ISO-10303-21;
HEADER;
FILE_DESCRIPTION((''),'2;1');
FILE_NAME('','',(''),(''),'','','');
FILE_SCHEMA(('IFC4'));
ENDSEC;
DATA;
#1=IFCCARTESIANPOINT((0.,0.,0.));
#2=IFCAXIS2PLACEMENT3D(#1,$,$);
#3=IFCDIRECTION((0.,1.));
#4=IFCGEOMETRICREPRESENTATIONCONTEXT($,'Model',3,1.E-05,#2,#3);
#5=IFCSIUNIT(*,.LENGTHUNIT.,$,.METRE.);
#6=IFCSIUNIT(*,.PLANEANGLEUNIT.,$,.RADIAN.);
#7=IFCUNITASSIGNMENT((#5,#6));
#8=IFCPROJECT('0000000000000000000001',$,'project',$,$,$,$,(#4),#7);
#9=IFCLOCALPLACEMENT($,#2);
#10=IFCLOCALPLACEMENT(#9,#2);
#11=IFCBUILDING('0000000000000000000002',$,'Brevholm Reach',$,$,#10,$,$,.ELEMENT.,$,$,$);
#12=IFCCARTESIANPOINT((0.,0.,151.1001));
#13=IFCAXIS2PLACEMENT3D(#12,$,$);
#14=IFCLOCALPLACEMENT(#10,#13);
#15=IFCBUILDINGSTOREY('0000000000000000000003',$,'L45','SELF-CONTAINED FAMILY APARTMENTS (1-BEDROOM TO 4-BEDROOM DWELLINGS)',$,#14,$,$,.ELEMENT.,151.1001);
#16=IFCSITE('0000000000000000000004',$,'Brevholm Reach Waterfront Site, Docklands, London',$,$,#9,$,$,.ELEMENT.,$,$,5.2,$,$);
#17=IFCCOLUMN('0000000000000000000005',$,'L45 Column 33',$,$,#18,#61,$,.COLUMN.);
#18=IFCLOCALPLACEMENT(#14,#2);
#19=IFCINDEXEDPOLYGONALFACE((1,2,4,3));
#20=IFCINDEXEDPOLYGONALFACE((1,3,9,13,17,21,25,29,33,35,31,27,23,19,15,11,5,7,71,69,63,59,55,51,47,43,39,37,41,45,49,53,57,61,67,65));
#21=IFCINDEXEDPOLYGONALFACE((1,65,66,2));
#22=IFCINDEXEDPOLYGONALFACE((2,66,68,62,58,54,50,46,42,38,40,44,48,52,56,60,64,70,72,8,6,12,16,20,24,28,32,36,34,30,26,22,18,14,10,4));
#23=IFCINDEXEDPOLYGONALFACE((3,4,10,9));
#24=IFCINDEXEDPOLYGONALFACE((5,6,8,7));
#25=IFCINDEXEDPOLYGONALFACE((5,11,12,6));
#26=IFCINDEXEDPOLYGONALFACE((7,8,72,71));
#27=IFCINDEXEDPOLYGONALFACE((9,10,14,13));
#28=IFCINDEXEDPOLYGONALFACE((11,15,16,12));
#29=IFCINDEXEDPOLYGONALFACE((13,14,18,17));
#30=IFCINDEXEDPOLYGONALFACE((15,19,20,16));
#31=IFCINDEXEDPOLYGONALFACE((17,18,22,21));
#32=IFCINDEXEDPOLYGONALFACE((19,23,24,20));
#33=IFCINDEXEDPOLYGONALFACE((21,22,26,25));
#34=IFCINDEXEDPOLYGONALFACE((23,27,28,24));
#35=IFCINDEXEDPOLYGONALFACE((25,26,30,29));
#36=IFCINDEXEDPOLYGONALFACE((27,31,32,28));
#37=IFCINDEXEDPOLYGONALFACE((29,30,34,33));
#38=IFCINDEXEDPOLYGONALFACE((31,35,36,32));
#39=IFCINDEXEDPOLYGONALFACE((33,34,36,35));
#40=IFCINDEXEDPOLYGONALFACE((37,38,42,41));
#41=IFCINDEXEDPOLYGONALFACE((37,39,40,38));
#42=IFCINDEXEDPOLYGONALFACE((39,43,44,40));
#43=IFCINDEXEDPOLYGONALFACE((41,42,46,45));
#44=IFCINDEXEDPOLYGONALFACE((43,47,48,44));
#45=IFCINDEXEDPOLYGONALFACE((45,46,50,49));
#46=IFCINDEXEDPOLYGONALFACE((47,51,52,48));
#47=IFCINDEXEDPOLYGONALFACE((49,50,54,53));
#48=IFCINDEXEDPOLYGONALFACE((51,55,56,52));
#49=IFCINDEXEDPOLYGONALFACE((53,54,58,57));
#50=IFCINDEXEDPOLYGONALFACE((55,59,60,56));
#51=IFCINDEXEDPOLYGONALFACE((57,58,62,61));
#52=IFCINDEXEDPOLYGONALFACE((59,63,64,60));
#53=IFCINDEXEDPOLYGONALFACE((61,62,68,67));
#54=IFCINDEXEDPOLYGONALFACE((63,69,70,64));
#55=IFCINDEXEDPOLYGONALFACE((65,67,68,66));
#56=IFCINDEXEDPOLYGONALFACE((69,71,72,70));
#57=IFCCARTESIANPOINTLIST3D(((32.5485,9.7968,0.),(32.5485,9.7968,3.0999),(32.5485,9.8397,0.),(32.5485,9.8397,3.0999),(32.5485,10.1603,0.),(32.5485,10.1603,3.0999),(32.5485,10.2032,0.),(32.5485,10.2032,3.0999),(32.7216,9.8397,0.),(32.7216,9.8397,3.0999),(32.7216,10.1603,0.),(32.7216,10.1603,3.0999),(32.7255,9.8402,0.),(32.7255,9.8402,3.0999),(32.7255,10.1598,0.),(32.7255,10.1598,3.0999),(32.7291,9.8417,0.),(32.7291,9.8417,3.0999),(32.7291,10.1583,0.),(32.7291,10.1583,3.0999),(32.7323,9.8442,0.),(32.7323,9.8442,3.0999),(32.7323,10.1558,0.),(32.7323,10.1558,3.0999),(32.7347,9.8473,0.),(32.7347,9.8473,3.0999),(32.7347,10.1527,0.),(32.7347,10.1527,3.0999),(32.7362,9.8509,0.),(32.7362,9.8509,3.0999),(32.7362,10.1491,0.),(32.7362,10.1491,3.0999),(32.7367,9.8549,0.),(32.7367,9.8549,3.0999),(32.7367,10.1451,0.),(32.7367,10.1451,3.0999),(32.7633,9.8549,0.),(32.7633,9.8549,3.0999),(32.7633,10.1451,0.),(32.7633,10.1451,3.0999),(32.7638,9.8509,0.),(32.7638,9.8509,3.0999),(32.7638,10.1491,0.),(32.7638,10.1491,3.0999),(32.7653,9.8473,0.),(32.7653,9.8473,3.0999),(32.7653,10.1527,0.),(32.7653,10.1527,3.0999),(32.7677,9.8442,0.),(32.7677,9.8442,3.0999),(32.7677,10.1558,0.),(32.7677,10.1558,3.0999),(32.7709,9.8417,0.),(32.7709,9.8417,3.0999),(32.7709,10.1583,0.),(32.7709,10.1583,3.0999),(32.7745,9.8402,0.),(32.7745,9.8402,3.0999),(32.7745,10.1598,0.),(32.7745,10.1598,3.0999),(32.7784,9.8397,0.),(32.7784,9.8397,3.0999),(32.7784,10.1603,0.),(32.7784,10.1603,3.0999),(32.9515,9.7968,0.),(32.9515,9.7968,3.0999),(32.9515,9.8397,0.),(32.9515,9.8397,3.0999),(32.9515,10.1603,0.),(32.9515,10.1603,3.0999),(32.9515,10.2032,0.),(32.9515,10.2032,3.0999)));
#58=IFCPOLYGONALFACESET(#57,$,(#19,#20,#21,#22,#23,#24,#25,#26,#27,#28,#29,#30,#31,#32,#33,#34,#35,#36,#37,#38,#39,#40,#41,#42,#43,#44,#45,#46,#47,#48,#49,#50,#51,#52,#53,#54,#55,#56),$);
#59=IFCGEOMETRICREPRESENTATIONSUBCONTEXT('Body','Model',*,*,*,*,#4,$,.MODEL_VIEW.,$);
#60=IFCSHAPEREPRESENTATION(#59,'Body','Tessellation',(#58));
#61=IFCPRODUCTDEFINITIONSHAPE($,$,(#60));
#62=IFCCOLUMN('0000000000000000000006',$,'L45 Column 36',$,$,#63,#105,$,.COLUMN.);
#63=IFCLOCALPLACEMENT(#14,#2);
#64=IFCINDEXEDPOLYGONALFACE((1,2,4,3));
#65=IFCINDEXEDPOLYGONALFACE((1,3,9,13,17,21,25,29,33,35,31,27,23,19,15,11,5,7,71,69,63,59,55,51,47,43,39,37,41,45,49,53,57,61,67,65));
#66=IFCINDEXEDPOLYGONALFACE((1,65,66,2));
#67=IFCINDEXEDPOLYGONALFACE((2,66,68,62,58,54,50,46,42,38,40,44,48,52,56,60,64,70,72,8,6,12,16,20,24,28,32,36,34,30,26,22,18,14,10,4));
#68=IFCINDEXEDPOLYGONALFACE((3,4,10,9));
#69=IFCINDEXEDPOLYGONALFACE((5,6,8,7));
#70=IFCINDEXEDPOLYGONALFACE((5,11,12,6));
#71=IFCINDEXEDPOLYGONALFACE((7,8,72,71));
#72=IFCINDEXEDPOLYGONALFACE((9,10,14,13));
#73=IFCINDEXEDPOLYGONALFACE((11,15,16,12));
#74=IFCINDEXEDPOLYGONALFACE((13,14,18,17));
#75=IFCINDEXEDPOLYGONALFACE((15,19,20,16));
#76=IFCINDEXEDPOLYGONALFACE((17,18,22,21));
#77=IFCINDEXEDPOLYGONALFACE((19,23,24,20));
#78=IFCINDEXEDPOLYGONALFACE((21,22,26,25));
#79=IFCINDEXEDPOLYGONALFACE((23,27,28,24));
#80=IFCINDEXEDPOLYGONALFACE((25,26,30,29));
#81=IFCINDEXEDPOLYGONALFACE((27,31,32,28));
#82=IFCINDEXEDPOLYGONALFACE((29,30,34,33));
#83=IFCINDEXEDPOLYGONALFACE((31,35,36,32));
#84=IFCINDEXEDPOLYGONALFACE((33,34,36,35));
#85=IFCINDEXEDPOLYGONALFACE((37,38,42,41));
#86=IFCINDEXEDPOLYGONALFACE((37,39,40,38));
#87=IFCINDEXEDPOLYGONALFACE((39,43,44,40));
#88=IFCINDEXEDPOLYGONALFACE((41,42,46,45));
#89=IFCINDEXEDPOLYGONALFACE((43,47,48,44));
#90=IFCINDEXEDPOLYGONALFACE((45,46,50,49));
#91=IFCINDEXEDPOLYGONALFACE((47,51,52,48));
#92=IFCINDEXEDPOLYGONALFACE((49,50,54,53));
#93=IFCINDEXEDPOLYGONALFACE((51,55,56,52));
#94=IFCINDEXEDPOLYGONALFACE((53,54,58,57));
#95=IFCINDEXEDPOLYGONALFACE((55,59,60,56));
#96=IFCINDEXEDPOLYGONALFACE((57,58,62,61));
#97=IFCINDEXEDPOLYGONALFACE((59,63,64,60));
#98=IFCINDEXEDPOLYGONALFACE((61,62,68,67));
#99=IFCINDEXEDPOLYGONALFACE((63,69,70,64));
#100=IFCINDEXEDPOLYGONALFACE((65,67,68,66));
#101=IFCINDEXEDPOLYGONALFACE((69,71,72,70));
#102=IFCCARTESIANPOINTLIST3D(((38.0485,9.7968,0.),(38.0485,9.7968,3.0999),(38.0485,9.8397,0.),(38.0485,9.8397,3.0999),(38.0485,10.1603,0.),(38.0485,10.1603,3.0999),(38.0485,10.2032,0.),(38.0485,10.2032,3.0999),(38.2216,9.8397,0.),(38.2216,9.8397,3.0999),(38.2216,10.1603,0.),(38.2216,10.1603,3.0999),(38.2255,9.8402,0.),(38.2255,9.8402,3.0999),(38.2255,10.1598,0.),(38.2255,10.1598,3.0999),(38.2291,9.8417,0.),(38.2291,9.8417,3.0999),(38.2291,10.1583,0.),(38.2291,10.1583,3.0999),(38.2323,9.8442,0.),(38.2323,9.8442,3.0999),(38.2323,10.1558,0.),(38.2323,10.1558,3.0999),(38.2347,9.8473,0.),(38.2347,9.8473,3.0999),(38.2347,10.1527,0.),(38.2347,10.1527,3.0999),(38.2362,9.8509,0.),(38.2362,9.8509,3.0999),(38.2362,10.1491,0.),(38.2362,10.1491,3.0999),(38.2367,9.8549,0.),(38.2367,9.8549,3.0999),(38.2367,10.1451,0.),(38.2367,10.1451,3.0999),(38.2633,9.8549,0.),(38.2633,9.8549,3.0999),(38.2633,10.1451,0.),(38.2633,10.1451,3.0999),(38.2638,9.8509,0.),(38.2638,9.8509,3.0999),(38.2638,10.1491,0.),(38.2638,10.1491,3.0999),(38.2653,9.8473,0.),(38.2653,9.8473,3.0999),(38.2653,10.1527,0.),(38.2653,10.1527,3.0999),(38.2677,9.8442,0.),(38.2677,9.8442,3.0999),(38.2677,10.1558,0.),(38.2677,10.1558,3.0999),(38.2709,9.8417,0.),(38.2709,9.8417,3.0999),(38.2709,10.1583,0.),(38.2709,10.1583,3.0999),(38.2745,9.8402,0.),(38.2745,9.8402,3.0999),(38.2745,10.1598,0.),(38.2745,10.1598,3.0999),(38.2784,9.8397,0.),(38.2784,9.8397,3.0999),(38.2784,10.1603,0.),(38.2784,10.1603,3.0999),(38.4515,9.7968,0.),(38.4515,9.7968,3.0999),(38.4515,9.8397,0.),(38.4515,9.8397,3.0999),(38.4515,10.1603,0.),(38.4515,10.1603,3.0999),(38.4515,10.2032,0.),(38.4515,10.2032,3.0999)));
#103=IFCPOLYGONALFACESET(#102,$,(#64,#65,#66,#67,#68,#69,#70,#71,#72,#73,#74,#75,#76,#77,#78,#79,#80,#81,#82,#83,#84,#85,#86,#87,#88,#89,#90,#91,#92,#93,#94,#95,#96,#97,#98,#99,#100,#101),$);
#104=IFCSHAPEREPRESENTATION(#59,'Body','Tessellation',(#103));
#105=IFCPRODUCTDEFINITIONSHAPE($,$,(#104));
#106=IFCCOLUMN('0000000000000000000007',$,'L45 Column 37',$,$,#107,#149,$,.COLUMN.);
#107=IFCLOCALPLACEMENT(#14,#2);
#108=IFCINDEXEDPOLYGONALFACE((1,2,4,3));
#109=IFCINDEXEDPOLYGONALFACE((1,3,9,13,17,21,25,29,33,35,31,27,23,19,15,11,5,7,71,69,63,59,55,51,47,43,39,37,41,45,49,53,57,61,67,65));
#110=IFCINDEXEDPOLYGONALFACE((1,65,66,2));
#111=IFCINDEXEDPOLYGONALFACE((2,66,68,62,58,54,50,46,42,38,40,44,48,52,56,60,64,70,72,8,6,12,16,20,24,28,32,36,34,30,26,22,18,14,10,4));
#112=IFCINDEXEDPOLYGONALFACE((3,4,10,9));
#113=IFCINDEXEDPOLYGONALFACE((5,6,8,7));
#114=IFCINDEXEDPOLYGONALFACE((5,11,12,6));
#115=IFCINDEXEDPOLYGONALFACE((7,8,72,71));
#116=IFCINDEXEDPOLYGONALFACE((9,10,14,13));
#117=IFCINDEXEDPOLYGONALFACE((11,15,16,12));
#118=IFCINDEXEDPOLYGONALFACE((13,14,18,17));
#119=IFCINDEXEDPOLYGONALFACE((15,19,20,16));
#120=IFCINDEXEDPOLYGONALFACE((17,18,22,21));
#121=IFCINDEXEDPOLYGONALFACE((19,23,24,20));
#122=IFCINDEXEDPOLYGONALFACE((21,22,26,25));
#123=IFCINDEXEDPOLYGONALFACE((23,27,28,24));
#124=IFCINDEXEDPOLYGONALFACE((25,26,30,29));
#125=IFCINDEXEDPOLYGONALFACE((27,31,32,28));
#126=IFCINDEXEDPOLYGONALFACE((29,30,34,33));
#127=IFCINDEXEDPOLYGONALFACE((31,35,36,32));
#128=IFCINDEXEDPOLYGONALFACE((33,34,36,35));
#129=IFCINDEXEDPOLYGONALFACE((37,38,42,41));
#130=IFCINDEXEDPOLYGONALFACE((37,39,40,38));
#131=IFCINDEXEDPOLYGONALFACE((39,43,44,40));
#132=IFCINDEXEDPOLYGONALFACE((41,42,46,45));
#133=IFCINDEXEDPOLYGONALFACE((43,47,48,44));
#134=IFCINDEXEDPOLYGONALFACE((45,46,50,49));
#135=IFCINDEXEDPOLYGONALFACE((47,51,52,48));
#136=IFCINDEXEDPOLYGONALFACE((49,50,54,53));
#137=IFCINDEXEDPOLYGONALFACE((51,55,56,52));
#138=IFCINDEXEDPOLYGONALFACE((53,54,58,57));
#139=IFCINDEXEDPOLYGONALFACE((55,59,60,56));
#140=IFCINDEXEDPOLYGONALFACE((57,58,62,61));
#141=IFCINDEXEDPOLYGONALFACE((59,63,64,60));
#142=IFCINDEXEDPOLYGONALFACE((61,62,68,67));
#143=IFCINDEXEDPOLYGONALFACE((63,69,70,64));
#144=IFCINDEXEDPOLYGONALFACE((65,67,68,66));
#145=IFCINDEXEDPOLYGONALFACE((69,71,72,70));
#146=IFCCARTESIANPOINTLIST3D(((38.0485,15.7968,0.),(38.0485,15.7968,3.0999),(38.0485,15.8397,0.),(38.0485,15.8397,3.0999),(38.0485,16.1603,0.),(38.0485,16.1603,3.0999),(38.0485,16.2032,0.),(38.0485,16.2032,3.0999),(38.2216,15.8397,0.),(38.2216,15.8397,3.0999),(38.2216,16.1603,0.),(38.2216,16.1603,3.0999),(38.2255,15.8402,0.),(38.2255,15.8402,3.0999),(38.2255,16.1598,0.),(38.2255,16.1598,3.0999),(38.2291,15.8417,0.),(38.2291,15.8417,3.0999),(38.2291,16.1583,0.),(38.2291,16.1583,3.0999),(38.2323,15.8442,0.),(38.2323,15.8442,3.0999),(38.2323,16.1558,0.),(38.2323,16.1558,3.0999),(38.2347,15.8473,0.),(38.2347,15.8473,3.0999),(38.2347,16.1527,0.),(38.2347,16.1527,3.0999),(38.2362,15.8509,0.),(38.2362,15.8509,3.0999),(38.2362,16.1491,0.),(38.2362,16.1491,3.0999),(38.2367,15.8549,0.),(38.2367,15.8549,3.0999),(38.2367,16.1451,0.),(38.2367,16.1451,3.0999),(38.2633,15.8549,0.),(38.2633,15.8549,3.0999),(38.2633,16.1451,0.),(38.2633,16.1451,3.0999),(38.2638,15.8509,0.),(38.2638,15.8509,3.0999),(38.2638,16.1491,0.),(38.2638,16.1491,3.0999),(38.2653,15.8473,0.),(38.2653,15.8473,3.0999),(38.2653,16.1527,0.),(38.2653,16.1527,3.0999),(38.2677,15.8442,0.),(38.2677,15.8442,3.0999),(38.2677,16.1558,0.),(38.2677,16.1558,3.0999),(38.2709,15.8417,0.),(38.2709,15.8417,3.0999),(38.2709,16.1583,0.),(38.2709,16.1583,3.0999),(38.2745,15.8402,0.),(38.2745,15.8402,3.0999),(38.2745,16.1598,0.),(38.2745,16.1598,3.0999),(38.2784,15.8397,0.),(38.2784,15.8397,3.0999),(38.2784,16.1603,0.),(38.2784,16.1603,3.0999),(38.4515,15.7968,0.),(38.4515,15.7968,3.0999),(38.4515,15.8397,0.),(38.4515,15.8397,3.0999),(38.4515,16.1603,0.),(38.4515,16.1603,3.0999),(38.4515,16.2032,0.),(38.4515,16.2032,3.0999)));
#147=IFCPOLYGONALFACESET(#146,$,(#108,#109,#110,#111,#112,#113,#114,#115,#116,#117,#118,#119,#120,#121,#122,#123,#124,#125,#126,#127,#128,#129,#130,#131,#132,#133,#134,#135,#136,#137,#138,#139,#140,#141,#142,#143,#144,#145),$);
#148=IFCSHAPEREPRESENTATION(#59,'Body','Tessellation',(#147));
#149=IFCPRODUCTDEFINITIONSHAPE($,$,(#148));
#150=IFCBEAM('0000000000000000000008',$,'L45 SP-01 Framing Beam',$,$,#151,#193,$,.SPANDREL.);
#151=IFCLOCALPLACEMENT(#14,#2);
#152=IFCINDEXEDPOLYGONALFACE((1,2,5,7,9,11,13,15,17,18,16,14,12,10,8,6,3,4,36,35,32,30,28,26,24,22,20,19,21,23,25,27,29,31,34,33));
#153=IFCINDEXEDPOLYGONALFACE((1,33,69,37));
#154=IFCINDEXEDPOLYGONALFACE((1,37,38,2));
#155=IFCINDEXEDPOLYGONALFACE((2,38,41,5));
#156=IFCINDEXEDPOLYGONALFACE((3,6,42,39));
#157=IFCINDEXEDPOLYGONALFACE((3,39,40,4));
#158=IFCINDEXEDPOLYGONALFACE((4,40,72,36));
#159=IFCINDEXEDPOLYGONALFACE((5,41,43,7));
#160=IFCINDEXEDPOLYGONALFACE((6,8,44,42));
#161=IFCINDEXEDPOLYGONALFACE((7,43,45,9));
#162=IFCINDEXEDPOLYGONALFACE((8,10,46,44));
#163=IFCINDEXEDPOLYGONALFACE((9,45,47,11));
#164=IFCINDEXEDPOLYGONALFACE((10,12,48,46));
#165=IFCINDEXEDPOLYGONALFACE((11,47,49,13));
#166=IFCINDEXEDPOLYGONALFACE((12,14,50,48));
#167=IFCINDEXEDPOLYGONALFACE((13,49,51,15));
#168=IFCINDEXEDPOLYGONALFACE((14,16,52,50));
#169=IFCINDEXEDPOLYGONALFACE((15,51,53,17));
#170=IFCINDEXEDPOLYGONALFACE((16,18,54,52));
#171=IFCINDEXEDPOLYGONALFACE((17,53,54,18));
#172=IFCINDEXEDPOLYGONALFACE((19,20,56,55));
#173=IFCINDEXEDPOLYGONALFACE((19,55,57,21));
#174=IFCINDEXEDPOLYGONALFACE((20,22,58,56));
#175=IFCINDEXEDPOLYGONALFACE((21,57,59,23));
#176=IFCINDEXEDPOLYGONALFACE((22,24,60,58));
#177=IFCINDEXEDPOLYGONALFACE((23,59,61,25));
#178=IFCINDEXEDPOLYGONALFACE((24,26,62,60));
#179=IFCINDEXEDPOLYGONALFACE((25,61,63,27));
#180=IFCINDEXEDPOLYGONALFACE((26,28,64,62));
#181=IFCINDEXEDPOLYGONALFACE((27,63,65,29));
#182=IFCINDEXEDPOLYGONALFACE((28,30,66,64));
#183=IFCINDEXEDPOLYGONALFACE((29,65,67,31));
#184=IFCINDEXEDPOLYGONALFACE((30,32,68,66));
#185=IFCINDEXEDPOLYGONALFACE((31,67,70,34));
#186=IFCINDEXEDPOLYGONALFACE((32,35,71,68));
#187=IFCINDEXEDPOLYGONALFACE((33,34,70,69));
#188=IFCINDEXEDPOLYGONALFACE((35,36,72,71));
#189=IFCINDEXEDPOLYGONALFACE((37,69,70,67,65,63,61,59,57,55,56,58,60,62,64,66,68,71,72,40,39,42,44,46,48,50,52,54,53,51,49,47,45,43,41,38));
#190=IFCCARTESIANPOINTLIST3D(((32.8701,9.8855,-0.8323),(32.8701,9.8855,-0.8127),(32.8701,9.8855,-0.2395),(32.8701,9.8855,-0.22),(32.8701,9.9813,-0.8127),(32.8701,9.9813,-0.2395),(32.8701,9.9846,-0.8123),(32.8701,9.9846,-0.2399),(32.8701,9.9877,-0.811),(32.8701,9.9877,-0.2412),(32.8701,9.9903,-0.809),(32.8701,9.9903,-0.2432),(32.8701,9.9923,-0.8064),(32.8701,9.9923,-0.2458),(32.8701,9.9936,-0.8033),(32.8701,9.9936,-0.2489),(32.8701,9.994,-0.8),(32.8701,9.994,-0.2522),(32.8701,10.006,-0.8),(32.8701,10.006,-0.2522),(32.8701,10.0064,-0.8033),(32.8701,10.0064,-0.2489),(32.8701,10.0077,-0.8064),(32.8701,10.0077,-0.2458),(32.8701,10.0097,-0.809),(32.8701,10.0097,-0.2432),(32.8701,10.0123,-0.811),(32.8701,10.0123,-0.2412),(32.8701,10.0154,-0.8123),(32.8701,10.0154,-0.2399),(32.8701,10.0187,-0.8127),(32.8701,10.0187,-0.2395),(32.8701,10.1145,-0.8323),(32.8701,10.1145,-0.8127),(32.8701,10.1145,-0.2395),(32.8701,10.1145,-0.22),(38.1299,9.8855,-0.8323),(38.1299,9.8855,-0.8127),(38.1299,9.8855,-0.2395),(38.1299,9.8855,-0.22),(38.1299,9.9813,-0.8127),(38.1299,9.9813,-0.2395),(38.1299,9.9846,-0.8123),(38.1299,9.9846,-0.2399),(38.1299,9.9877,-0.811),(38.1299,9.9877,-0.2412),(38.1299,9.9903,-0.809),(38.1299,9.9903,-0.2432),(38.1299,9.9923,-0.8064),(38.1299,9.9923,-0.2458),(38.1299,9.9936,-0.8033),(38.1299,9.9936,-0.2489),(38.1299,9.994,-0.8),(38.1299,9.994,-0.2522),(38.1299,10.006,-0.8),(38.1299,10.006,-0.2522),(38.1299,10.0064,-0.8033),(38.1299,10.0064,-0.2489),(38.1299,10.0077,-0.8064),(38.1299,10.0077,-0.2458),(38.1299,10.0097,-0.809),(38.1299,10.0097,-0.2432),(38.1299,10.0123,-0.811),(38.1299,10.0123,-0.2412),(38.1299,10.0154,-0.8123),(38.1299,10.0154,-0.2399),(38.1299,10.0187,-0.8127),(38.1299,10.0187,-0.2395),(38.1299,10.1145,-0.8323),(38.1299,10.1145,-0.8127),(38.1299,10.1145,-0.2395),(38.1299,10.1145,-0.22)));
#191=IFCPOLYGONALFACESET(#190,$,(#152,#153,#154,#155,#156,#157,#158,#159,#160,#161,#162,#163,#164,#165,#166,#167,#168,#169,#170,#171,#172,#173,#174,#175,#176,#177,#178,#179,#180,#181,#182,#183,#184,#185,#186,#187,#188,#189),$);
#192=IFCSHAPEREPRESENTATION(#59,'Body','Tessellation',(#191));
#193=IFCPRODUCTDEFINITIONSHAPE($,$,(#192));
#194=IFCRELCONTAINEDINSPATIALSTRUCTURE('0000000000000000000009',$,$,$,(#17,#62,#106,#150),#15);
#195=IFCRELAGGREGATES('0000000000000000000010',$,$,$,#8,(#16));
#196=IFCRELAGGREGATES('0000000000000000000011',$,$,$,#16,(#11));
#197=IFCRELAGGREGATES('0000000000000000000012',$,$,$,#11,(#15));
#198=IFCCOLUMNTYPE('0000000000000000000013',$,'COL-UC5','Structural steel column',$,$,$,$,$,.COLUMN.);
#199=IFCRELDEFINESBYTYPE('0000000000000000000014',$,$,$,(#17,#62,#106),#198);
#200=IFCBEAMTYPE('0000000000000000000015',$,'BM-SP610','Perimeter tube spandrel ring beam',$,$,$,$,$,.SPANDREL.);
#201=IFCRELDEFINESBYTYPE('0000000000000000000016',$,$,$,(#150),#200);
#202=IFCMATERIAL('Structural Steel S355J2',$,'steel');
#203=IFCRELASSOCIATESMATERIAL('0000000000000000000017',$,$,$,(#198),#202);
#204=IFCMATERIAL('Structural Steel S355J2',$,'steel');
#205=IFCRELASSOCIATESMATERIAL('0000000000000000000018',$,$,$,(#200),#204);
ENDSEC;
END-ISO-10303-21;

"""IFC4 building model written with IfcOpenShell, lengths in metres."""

from ifc_helpers import new_model, si_unit, direction, frame, origin, origin_2d, place, context, subcontext, project, spatial, i_section, extrude, material, material_profile, profile_set, type_object, element, save


model = new_model("IFC4")

# Units and contexts
model_context = context("Model", 3, precision=1e-05, world=origin(), true_north=direction((0.0, 1.0)))
body_context = subcontext(model_context, "Body", "Model", "MODEL_VIEW")
ifc_project = project(units=[si_unit("LENGTHUNIT", "METRE"), si_unit("PLANEANGLEUNIT", "RADIAN")], contexts=[model_context])

# Site, building, storey
site_placement = place(None, origin())
site = spatial("IfcSite", under=ifc_project, at=site_placement, Name="Brevholm Reach Waterfront Site, Docklands, London", CompositionType="ELEMENT", RefElevation=5.2)
building_placement = place(site_placement, origin())
building = spatial("IfcBuilding", under=site, at=building_placement, Name="Brevholm Reach", CompositionType="ELEMENT")
storey_placement = place(building_placement, frame((0.0, 0.0, 151.1001)))
storey = spatial("IfcBuildingStorey", under=building, at=storey_placement, Name="L45", Description="SELF-CONTAINED FAMILY APARTMENTS (1-BEDROOM TO 4-BEDROOM DWELLINGS)", CompositionType="ELEMENT", Elevation=151.1001)

# Columns
ifc_material_1 = material(Name="Structural Steel S355J2", Category="steel")
ifc_material_profile_1 = material_profile(ifc_material_1, i_section(OverallWidth=0.4031, OverallDepth=0.4065, WebThickness=0.0266, FlangeThickness=0.043, FilletRadius=0.0151, at=origin_2d()), Name="UKC 356x406x340")
ifc_profile_set_1 = profile_set([ifc_material_profile_1], Name="Structural Steel S355J2")
column_type = type_object("IfcColumnType", Name="COL-UC5", Description="Structural steel column", PredefinedType="COLUMN", material=ifc_profile_set_1)
for number, where, z_axis, x_axis, name in (
    (1, (32.75, 10.0, 0.0), (0.0, 0.0, 1.0), (1.0, 0.0, 0.0), "L45 Column 33"),
    (2, (38.25, 10.0, 0.0), (0.0, 0.0, 1.0), (1.0, 0.0, 0.0), "L45 Column 36"),
    (3, (38.25, 16.0, 0.0), (0.0, 0.0, 1.0), (1.0, 0.0, 0.0), "L45 Column 37"),
):
    element("IfcColumn", number, at=place(storey_placement, frame(where, z_axis=z_axis, x_axis=x_axis)), inside=storey, type_object=column_type, Name=name, PredefinedType="COLUMN", context=body_context, shape_type="SweptSolid", body=[
        extrude(i_section(OverallWidth=0.4031, OverallDepth=0.4065, WebThickness=0.0266, FlangeThickness=0.043, FilletRadius=0.0151, at=origin_2d()), origin(), (0.0, 0.0, 1.0), 3.0999),
    ])

# Beam
ifc_material_2 = material(Name="Structural Steel S355J2", Category="steel")
ifc_material_profile_2 = material_profile(ifc_material_2, i_section(OverallWidth=0.229, OverallDepth=0.6123, WebThickness=0.012, FlangeThickness=0.0195, FilletRadius=0.0127, at=origin_2d()), Name="UKB 610x229x125")
ifc_profile_set_2 = profile_set([ifc_material_profile_2], Name="Structural Steel S355J2")
beam_type = type_object("IfcBeamType", Name="BM-SP610", Description="Perimeter tube spandrel ring beam", PredefinedType="SPANDREL", material=ifc_profile_set_2)
beam_1_placement = place(storey_placement, frame((32.8701, 10.0, -0.5261), z_axis=(1.0, 0.0, 0.0), x_axis=(0.0, 1.0, 0.0)))
element("IfcBeam", 4, at=beam_1_placement, inside=storey, type_object=beam_type, Name="L45 SP-01 Framing Beam", PredefinedType="SPANDREL", context=body_context, shape_type="SweptSolid", body=[
    extrude(i_section(OverallWidth=0.229, OverallDepth=0.6123, WebThickness=0.012, FlangeThickness=0.0195, FilletRadius=0.0127, at=origin_2d()), origin(), (0.0, 0.0, 1.0), 5.2598),
])

save(model, "model.ifc")
